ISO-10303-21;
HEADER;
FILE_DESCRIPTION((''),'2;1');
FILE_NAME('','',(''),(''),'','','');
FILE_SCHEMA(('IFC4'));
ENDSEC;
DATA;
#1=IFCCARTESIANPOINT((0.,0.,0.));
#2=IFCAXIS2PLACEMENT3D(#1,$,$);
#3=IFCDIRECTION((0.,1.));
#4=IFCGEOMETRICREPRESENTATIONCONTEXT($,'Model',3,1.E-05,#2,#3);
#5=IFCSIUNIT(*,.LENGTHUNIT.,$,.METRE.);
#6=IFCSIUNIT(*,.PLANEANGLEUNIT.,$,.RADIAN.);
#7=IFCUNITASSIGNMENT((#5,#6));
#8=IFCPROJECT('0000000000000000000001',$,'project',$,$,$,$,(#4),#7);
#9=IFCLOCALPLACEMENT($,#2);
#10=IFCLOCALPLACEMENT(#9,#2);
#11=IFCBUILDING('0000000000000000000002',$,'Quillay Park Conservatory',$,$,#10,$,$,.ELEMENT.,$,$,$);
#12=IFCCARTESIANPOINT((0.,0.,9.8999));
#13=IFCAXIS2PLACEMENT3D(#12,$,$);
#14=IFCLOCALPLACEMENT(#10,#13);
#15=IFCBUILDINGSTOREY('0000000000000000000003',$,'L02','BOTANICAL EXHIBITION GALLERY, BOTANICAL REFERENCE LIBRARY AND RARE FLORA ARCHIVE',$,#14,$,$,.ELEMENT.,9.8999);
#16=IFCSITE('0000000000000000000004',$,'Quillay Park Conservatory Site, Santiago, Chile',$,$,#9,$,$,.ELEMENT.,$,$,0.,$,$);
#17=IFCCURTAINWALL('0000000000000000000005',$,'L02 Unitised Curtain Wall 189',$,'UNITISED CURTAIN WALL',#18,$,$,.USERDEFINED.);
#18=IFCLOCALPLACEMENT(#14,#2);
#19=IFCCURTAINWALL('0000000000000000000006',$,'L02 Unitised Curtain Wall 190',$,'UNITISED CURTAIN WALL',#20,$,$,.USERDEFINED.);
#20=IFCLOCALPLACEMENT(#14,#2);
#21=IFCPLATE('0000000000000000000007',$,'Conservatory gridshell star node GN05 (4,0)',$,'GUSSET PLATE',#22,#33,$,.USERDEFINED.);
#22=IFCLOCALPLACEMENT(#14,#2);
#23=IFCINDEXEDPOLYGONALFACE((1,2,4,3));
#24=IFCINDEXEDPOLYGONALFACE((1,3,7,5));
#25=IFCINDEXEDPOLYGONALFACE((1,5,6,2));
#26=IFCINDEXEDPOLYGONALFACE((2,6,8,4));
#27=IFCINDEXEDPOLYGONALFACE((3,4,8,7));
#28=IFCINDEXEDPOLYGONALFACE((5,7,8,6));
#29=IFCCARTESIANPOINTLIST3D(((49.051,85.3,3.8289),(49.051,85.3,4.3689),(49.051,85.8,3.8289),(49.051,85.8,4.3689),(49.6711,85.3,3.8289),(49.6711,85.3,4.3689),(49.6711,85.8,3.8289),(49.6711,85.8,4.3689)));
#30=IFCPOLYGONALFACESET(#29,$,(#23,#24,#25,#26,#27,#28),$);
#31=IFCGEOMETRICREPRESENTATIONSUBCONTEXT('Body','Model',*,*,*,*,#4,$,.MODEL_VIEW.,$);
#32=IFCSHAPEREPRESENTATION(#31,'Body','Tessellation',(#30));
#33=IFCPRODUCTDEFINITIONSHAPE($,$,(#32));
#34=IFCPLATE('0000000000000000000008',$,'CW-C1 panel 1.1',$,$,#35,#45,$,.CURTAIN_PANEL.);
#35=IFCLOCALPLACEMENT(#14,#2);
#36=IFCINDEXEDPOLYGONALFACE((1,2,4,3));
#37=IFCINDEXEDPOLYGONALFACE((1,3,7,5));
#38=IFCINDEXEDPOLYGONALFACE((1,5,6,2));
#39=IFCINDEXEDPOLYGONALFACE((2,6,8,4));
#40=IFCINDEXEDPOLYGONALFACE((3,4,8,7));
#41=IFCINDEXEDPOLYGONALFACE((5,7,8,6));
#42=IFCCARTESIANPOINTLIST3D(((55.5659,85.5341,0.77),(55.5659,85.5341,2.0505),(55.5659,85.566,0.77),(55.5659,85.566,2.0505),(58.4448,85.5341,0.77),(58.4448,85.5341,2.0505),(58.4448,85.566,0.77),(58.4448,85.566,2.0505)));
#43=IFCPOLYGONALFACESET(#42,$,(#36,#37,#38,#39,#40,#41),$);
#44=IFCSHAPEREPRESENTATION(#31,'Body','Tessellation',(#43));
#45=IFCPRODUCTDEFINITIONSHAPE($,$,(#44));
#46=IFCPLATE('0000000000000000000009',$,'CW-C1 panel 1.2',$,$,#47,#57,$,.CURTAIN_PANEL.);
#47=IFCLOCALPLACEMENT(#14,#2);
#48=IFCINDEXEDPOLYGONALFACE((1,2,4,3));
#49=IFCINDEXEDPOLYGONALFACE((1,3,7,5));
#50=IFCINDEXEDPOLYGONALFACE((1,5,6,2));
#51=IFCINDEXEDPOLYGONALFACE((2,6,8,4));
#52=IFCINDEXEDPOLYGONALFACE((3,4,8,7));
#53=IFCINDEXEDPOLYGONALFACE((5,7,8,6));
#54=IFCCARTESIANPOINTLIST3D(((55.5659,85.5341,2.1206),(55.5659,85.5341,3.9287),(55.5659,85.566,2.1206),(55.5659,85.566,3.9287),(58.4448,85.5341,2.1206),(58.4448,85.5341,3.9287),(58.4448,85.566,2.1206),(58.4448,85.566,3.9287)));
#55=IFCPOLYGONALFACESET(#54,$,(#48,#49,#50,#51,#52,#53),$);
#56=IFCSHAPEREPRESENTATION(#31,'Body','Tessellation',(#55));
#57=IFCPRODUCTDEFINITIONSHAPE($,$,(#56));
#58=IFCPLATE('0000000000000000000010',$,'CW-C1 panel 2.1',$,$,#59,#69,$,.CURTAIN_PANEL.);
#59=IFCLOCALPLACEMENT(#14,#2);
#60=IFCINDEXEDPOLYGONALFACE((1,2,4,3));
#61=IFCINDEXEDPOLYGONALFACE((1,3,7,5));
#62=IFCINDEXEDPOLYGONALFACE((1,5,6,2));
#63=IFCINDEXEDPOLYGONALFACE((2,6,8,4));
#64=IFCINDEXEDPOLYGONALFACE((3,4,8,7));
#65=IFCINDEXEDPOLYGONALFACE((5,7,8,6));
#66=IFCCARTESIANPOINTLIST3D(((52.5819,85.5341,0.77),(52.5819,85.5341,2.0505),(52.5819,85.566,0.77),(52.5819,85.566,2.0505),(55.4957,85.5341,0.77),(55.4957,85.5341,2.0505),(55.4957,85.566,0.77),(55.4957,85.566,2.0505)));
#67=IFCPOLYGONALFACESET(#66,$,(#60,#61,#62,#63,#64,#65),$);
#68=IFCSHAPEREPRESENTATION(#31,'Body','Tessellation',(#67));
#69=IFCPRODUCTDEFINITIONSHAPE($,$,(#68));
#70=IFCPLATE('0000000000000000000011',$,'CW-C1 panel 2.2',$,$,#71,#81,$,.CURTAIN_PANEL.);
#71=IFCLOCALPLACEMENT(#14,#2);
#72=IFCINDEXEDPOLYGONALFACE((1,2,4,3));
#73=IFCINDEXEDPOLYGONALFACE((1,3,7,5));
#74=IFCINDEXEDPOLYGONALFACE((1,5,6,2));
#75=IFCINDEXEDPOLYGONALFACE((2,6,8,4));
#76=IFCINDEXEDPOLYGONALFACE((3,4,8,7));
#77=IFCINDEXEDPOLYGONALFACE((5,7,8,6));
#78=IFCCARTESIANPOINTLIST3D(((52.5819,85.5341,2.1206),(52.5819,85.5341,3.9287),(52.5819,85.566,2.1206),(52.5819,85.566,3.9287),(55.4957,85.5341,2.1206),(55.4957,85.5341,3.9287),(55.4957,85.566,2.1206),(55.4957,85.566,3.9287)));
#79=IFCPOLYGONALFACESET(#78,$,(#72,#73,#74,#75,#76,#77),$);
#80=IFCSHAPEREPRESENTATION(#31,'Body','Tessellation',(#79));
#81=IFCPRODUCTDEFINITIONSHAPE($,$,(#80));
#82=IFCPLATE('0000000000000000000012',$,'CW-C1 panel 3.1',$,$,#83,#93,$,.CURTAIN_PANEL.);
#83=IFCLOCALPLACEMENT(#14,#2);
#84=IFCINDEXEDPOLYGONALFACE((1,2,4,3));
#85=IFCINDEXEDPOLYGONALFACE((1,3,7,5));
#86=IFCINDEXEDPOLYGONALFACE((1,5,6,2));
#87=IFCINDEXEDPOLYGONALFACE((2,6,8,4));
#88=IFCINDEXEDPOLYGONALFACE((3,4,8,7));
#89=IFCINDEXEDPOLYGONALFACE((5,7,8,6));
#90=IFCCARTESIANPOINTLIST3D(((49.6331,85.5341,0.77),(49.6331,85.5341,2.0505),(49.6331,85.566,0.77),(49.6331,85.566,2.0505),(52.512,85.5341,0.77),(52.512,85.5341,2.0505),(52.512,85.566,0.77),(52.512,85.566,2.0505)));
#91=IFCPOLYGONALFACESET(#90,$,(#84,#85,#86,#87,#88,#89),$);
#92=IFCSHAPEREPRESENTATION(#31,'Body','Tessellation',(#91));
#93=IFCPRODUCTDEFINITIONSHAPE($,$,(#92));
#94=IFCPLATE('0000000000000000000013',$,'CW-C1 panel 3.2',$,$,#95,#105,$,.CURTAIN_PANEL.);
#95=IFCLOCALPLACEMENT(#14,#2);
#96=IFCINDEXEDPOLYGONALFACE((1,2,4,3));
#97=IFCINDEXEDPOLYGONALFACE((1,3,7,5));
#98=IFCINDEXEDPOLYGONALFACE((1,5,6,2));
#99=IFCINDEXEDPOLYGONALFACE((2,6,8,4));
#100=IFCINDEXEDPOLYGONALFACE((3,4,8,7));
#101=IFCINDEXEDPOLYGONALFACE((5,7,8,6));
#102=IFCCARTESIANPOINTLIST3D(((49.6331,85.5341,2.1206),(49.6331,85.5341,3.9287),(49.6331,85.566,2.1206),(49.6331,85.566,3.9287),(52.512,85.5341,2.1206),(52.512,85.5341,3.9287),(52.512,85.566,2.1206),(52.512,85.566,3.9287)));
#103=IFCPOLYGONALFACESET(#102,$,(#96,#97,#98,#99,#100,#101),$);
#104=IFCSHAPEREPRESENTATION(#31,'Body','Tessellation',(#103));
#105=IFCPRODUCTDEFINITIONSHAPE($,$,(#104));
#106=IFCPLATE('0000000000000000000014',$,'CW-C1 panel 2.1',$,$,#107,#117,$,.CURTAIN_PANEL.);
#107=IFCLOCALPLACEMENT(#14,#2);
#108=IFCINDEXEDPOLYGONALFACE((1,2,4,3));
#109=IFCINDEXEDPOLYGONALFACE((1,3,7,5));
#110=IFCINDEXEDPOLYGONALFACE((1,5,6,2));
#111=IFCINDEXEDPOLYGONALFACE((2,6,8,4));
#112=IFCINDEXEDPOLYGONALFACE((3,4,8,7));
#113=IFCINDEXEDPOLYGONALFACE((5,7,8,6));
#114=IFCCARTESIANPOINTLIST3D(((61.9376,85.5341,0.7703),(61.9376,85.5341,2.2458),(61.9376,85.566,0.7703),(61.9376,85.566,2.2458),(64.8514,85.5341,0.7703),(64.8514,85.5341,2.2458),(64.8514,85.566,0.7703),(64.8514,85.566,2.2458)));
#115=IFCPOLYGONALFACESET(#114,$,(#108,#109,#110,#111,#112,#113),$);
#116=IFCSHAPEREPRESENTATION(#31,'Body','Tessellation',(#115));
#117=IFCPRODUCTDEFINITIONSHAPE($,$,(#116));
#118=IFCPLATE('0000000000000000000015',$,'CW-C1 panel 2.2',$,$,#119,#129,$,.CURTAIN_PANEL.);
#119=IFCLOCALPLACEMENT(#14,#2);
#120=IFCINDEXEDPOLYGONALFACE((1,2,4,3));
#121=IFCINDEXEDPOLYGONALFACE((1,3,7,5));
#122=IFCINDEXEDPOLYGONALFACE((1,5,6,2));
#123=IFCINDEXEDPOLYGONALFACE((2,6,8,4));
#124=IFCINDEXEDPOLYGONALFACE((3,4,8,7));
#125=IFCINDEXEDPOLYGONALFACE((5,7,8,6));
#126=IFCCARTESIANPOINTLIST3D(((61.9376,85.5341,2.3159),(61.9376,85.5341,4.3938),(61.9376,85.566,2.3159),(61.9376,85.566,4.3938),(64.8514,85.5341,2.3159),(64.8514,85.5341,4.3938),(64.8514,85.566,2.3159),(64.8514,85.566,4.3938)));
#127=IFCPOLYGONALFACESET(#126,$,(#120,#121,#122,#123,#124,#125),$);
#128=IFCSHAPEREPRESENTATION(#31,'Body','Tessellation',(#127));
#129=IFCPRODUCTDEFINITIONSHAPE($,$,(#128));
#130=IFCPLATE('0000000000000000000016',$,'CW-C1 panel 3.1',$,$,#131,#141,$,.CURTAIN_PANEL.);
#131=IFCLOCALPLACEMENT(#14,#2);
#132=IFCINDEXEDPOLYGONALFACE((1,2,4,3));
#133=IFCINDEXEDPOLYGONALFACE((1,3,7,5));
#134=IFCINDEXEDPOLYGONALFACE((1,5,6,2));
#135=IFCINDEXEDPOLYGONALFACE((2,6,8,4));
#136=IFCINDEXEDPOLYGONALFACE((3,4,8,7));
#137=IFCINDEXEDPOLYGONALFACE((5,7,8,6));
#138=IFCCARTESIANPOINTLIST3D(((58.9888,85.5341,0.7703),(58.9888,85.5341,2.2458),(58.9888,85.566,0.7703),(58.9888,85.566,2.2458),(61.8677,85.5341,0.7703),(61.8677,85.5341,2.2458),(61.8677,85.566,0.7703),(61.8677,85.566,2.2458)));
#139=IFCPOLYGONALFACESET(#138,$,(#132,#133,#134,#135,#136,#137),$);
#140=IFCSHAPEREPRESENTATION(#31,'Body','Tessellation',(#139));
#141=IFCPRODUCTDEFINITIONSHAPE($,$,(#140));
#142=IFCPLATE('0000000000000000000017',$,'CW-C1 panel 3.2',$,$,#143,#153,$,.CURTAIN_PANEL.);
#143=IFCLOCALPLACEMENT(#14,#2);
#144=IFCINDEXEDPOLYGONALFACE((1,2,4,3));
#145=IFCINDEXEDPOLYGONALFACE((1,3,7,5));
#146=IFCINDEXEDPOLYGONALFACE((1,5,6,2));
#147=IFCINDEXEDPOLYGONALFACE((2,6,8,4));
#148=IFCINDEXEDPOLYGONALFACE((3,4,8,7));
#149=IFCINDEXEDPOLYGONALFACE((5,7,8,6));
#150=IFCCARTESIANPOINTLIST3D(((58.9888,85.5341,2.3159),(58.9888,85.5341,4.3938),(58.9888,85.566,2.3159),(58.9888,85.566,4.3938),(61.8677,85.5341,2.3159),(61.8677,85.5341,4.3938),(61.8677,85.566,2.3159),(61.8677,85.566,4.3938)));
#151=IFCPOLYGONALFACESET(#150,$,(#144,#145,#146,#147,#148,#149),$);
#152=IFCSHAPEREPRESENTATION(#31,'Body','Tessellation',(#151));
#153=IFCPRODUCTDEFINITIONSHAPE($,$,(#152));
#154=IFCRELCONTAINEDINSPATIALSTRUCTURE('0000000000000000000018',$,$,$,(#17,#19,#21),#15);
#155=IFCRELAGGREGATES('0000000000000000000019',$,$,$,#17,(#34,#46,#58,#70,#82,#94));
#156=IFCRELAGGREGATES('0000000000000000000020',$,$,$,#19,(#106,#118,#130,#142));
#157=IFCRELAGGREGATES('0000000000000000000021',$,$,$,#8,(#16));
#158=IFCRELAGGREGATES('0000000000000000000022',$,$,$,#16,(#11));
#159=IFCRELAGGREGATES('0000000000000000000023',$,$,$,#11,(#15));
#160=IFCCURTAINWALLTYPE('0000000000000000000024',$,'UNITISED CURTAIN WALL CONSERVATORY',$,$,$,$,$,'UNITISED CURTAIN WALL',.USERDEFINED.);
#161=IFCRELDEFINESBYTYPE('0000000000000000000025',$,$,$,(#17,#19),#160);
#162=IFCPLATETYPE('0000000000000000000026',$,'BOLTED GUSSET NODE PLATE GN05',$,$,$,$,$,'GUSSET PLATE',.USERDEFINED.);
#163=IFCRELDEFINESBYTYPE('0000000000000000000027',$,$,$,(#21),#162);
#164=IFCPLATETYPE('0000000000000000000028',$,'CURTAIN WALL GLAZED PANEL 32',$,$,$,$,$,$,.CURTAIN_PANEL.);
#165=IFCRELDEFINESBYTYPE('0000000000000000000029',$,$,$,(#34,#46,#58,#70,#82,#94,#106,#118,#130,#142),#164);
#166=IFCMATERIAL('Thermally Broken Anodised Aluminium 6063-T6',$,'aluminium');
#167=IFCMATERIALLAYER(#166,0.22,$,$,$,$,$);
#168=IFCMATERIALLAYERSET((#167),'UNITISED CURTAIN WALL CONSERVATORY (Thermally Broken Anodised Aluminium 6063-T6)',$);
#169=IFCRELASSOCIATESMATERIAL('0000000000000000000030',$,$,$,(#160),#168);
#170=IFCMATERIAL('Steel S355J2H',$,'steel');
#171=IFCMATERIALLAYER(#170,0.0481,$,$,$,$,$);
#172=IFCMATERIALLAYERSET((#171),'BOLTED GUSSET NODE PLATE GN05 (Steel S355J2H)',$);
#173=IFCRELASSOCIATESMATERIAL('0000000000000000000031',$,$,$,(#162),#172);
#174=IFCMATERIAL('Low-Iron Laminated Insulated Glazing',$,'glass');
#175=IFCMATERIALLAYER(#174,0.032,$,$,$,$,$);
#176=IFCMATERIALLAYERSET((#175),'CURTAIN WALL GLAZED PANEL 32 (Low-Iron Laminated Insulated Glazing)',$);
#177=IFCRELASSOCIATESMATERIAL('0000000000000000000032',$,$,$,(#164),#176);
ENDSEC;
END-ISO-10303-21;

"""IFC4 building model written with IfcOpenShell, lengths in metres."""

from ifc_helpers import new_model, si_unit, direction, frame, origin, origin_2d, place, context, subcontext, project, spatial, rectangle, extrude, material, layer, layer_set, type_object, element, aggregate, save


model = new_model("IFC4")

# Units and contexts
model_context = context("Model", 3, precision=1e-05, world=origin(), true_north=direction((0.0, 1.0)))
body_context = subcontext(model_context, "Body", "Model", "MODEL_VIEW")
ifc_project = project(units=[si_unit("LENGTHUNIT", "METRE"), si_unit("PLANEANGLEUNIT", "RADIAN")], contexts=[model_context])

# Site, building, storey
site_placement = place(None, origin())
site = spatial("IfcSite", under=ifc_project, at=site_placement, Name="Quillay Park Conservatory Site, Santiago, Chile", CompositionType="ELEMENT", RefElevation=0.0)
building_placement = place(site_placement, origin())
building = spatial("IfcBuilding", under=site, at=building_placement, Name="Quillay Park Conservatory", CompositionType="ELEMENT")
storey_placement = place(building_placement, frame((0.0, 0.0, 9.8999)))
storey = spatial("IfcBuildingStorey", under=building, at=storey_placement, Name="L02", Description="BOTANICAL EXHIBITION GALLERY, BOTANICAL REFERENCE LIBRARY AND RARE FLORA ARCHIVE", CompositionType="ELEMENT", Elevation=9.8999)

# Shared definitions
ifc_material_1 = material(Name="Thermally Broken Anodised Aluminium 6063-T6", Category="aluminium")
ifc_layer_1 = layer(ifc_material_1, 0.22)
ifc_layer_set_1 = layer_set([ifc_layer_1], Name="UNITISED CURTAIN WALL CONSERVATORY (Thermally Broken Anodised Aluminium 6063-T6)")
curtain_wall_type = type_object("IfcCurtainWallType", Name="UNITISED CURTAIN WALL CONSERVATORY", ElementType="UNITISED CURTAIN WALL", PredefinedType="USERDEFINED", material=ifc_layer_set_1)

# Curtain walls
curtain_wall_1_placement = place(storey_placement, origin())
curtain_wall_1 = element("IfcCurtainWall", 1, at=curtain_wall_1_placement, inside=storey, type_object=curtain_wall_type, Name="L02 Unitised Curtain Wall 189", ObjectType="UNITISED CURTAIN WALL", PredefinedType="USERDEFINED")
curtain_wall_2_placement = place(storey_placement, origin())
curtain_wall_2 = element("IfcCurtainWall", 2, at=curtain_wall_2_placement, inside=storey, type_object=curtain_wall_type, Name="L02 Unitised Curtain Wall 190", ObjectType="UNITISED CURTAIN WALL", PredefinedType="USERDEFINED")

# Plates
ifc_material_2 = material(Name="Steel S355J2H", Category="steel")
ifc_layer_2 = layer(ifc_material_2, 0.0481)
ifc_layer_set_2 = layer_set([ifc_layer_2], Name="BOLTED GUSSET NODE PLATE GN05 (Steel S355J2H)")
plate_type_1 = type_object("IfcPlateType", Name="BOLTED GUSSET NODE PLATE GN05", ElementType="GUSSET PLATE", PredefinedType="USERDEFINED", material=ifc_layer_set_2)
plate_1_placement = place(storey_placement, frame((49.3611, 85.55, 3.8289), z_axis=(0.0, 0.0, 1.0), x_axis=(1.0, 0.0, 0.0)))
element("IfcPlate", 3, at=plate_1_placement, inside=storey, type_object=plate_type_1, Name="Conservatory gridshell star node GN05 (4,0)", ObjectType="GUSSET PLATE", PredefinedType="USERDEFINED", context=body_context, shape_type="SweptSolid", body=[
    extrude(rectangle(XDim=0.6201, YDim=0.5, at=origin_2d()), origin(), (0.0, 0.0, 1.0), 0.54),
])
ifc_material_3 = material(Name="Low-Iron Laminated Insulated Glazing", Category="glass")
ifc_layer_3 = layer(ifc_material_3, 0.032)
ifc_layer_set_3 = layer_set([ifc_layer_3], Name="CURTAIN WALL GLAZED PANEL 32 (Low-Iron Laminated Insulated Glazing)")
plate_type_2 = type_object("IfcPlateType", Name="CURTAIN WALL GLAZED PANEL 32", PredefinedType="CURTAIN_PANEL", material=ifc_layer_set_3)
plate_2_placement = place(storey_placement, frame((57.0054, 85.55, 0.77), z_axis=(0.0, 0.0, 1.0), x_axis=(-1.0, 0.0, 0.0)))
plate_2 = element("IfcPlate", 4, at=plate_2_placement, type_object=plate_type_2, Name="CW-C1 panel 1.1", PredefinedType="CURTAIN_PANEL", context=body_context, shape_type="SweptSolid", body=[
    extrude(rectangle(XDim=2.8789, YDim=0.032, at=origin_2d()), origin(), (0.0, 0.0, 1.0), 1.2805),
])
plate_3_placement = place(storey_placement, frame((57.0054, 85.55, 2.1206), z_axis=(0.0, 0.0, 1.0), x_axis=(-1.0, 0.0, 0.0)))
plate_3 = element("IfcPlate", 5, at=plate_3_placement, type_object=plate_type_2, Name="CW-C1 panel 1.2", PredefinedType="CURTAIN_PANEL", context=body_context, shape_type="SweptSolid", body=[
    extrude(rectangle(XDim=2.8789, YDim=0.032, at=origin_2d()), origin(), (0.0, 0.0, 1.0), 1.8081),
])
plate_4_placement = place(storey_placement, frame((54.0388, 85.55, 0.77), z_axis=(0.0, 0.0, 1.0), x_axis=(-1.0, 0.0, 0.0)))
plate_4 = element("IfcPlate", 6, at=plate_4_placement, type_object=plate_type_2, Name="CW-C1 panel 2.1", PredefinedType="CURTAIN_PANEL", context=body_context, shape_type="SweptSolid", body=[
    extrude(rectangle(XDim=2.9138, YDim=0.032, at=origin_2d()), origin(), (0.0, 0.0, 1.0), 1.2805),
])
plate_5_placement = place(storey_placement, frame((54.0388, 85.55, 2.1206), z_axis=(0.0, 0.0, 1.0), x_axis=(-1.0, 0.0, 0.0)))
plate_5 = element("IfcPlate", 7, at=plate_5_placement, type_object=plate_type_2, Name="CW-C1 panel 2.2", PredefinedType="CURTAIN_PANEL", context=body_context, shape_type="SweptSolid", body=[
    extrude(rectangle(XDim=2.9138, YDim=0.032, at=origin_2d()), origin(), (0.0, 0.0, 1.0), 1.8081),
])
plate_6_placement = place(storey_placement, frame((51.0725, 85.55, 0.77), z_axis=(0.0, 0.0, 1.0), x_axis=(-1.0, 0.0, 0.0)))
plate_6 = element("IfcPlate", 8, at=plate_6_placement, type_object=plate_type_2, Name="CW-C1 panel 3.1", PredefinedType="CURTAIN_PANEL", context=body_context, shape_type="SweptSolid", body=[
    extrude(rectangle(XDim=2.8789, YDim=0.032, at=origin_2d()), origin(), (0.0, 0.0, 1.0), 1.2805),
])
plate_7_placement = place(storey_placement, frame((51.0725, 85.55, 2.1206), z_axis=(0.0, 0.0, 1.0), x_axis=(-1.0, 0.0, 0.0)))
plate_7 = element("IfcPlate", 9, at=plate_7_placement, type_object=plate_type_2, Name="CW-C1 panel 3.2", PredefinedType="CURTAIN_PANEL", context=body_context, shape_type="SweptSolid", body=[
    extrude(rectangle(XDim=2.8789, YDim=0.032, at=origin_2d()), origin(), (0.0, 0.0, 1.0), 1.8081),
])
aggregate(curtain_wall_1, [plate_2, plate_3, plate_4, plate_5, plate_6, plate_7])
plate_8_placement = place(storey_placement, frame((63.3945, 85.55, 0.7703), z_axis=(0.0, 0.0, 1.0), x_axis=(-1.0, 0.0, 0.0)))
plate_8 = element("IfcPlate", 10, at=plate_8_placement, type_object=plate_type_2, Name="CW-C1 panel 2.1", PredefinedType="CURTAIN_PANEL", context=body_context, shape_type="SweptSolid", body=[
    extrude(rectangle(XDim=2.9138, YDim=0.032, at=origin_2d()), origin(), (0.0, 0.0, 1.0), 1.4756),
])
plate_9_placement = place(storey_placement, frame((63.3945, 85.55, 2.3159), z_axis=(0.0, 0.0, 1.0), x_axis=(-1.0, 0.0, 0.0)))
plate_9 = element("IfcPlate", 11, at=plate_9_placement, type_object=plate_type_2, Name="CW-C1 panel 2.2", PredefinedType="CURTAIN_PANEL", context=body_context, shape_type="SweptSolid", body=[
    extrude(rectangle(XDim=2.9138, YDim=0.032, at=origin_2d()), origin(), (0.0, 0.0, 1.0), 2.0779),
])
plate_10_placement = place(storey_placement, frame((60.4282, 85.55, 0.7703), z_axis=(0.0, 0.0, 1.0), x_axis=(-1.0, 0.0, 0.0)))
plate_10 = element("IfcPlate", 12, at=plate_10_placement, type_object=plate_type_2, Name="CW-C1 panel 3.1", PredefinedType="CURTAIN_PANEL", context=body_context, shape_type="SweptSolid", body=[
    extrude(rectangle(XDim=2.8789, YDim=0.032, at=origin_2d()), origin(), (0.0, 0.0, 1.0), 1.4756),
])
plate_11_placement = place(storey_placement, frame((60.4282, 85.55, 2.3159), z_axis=(0.0, 0.0, 1.0), x_axis=(-1.0, 0.0, 0.0)))
plate_11 = element("IfcPlate", 13, at=plate_11_placement, type_object=plate_type_2, Name="CW-C1 panel 3.2", PredefinedType="CURTAIN_PANEL", context=body_context, shape_type="SweptSolid", body=[
    extrude(rectangle(XDim=2.8789, YDim=0.032, at=origin_2d()), origin(), (0.0, 0.0, 1.0), 2.0779),
])
aggregate(curtain_wall_2, [plate_8, plate_9, plate_10, plate_11])

save(model, "model.ifc")
